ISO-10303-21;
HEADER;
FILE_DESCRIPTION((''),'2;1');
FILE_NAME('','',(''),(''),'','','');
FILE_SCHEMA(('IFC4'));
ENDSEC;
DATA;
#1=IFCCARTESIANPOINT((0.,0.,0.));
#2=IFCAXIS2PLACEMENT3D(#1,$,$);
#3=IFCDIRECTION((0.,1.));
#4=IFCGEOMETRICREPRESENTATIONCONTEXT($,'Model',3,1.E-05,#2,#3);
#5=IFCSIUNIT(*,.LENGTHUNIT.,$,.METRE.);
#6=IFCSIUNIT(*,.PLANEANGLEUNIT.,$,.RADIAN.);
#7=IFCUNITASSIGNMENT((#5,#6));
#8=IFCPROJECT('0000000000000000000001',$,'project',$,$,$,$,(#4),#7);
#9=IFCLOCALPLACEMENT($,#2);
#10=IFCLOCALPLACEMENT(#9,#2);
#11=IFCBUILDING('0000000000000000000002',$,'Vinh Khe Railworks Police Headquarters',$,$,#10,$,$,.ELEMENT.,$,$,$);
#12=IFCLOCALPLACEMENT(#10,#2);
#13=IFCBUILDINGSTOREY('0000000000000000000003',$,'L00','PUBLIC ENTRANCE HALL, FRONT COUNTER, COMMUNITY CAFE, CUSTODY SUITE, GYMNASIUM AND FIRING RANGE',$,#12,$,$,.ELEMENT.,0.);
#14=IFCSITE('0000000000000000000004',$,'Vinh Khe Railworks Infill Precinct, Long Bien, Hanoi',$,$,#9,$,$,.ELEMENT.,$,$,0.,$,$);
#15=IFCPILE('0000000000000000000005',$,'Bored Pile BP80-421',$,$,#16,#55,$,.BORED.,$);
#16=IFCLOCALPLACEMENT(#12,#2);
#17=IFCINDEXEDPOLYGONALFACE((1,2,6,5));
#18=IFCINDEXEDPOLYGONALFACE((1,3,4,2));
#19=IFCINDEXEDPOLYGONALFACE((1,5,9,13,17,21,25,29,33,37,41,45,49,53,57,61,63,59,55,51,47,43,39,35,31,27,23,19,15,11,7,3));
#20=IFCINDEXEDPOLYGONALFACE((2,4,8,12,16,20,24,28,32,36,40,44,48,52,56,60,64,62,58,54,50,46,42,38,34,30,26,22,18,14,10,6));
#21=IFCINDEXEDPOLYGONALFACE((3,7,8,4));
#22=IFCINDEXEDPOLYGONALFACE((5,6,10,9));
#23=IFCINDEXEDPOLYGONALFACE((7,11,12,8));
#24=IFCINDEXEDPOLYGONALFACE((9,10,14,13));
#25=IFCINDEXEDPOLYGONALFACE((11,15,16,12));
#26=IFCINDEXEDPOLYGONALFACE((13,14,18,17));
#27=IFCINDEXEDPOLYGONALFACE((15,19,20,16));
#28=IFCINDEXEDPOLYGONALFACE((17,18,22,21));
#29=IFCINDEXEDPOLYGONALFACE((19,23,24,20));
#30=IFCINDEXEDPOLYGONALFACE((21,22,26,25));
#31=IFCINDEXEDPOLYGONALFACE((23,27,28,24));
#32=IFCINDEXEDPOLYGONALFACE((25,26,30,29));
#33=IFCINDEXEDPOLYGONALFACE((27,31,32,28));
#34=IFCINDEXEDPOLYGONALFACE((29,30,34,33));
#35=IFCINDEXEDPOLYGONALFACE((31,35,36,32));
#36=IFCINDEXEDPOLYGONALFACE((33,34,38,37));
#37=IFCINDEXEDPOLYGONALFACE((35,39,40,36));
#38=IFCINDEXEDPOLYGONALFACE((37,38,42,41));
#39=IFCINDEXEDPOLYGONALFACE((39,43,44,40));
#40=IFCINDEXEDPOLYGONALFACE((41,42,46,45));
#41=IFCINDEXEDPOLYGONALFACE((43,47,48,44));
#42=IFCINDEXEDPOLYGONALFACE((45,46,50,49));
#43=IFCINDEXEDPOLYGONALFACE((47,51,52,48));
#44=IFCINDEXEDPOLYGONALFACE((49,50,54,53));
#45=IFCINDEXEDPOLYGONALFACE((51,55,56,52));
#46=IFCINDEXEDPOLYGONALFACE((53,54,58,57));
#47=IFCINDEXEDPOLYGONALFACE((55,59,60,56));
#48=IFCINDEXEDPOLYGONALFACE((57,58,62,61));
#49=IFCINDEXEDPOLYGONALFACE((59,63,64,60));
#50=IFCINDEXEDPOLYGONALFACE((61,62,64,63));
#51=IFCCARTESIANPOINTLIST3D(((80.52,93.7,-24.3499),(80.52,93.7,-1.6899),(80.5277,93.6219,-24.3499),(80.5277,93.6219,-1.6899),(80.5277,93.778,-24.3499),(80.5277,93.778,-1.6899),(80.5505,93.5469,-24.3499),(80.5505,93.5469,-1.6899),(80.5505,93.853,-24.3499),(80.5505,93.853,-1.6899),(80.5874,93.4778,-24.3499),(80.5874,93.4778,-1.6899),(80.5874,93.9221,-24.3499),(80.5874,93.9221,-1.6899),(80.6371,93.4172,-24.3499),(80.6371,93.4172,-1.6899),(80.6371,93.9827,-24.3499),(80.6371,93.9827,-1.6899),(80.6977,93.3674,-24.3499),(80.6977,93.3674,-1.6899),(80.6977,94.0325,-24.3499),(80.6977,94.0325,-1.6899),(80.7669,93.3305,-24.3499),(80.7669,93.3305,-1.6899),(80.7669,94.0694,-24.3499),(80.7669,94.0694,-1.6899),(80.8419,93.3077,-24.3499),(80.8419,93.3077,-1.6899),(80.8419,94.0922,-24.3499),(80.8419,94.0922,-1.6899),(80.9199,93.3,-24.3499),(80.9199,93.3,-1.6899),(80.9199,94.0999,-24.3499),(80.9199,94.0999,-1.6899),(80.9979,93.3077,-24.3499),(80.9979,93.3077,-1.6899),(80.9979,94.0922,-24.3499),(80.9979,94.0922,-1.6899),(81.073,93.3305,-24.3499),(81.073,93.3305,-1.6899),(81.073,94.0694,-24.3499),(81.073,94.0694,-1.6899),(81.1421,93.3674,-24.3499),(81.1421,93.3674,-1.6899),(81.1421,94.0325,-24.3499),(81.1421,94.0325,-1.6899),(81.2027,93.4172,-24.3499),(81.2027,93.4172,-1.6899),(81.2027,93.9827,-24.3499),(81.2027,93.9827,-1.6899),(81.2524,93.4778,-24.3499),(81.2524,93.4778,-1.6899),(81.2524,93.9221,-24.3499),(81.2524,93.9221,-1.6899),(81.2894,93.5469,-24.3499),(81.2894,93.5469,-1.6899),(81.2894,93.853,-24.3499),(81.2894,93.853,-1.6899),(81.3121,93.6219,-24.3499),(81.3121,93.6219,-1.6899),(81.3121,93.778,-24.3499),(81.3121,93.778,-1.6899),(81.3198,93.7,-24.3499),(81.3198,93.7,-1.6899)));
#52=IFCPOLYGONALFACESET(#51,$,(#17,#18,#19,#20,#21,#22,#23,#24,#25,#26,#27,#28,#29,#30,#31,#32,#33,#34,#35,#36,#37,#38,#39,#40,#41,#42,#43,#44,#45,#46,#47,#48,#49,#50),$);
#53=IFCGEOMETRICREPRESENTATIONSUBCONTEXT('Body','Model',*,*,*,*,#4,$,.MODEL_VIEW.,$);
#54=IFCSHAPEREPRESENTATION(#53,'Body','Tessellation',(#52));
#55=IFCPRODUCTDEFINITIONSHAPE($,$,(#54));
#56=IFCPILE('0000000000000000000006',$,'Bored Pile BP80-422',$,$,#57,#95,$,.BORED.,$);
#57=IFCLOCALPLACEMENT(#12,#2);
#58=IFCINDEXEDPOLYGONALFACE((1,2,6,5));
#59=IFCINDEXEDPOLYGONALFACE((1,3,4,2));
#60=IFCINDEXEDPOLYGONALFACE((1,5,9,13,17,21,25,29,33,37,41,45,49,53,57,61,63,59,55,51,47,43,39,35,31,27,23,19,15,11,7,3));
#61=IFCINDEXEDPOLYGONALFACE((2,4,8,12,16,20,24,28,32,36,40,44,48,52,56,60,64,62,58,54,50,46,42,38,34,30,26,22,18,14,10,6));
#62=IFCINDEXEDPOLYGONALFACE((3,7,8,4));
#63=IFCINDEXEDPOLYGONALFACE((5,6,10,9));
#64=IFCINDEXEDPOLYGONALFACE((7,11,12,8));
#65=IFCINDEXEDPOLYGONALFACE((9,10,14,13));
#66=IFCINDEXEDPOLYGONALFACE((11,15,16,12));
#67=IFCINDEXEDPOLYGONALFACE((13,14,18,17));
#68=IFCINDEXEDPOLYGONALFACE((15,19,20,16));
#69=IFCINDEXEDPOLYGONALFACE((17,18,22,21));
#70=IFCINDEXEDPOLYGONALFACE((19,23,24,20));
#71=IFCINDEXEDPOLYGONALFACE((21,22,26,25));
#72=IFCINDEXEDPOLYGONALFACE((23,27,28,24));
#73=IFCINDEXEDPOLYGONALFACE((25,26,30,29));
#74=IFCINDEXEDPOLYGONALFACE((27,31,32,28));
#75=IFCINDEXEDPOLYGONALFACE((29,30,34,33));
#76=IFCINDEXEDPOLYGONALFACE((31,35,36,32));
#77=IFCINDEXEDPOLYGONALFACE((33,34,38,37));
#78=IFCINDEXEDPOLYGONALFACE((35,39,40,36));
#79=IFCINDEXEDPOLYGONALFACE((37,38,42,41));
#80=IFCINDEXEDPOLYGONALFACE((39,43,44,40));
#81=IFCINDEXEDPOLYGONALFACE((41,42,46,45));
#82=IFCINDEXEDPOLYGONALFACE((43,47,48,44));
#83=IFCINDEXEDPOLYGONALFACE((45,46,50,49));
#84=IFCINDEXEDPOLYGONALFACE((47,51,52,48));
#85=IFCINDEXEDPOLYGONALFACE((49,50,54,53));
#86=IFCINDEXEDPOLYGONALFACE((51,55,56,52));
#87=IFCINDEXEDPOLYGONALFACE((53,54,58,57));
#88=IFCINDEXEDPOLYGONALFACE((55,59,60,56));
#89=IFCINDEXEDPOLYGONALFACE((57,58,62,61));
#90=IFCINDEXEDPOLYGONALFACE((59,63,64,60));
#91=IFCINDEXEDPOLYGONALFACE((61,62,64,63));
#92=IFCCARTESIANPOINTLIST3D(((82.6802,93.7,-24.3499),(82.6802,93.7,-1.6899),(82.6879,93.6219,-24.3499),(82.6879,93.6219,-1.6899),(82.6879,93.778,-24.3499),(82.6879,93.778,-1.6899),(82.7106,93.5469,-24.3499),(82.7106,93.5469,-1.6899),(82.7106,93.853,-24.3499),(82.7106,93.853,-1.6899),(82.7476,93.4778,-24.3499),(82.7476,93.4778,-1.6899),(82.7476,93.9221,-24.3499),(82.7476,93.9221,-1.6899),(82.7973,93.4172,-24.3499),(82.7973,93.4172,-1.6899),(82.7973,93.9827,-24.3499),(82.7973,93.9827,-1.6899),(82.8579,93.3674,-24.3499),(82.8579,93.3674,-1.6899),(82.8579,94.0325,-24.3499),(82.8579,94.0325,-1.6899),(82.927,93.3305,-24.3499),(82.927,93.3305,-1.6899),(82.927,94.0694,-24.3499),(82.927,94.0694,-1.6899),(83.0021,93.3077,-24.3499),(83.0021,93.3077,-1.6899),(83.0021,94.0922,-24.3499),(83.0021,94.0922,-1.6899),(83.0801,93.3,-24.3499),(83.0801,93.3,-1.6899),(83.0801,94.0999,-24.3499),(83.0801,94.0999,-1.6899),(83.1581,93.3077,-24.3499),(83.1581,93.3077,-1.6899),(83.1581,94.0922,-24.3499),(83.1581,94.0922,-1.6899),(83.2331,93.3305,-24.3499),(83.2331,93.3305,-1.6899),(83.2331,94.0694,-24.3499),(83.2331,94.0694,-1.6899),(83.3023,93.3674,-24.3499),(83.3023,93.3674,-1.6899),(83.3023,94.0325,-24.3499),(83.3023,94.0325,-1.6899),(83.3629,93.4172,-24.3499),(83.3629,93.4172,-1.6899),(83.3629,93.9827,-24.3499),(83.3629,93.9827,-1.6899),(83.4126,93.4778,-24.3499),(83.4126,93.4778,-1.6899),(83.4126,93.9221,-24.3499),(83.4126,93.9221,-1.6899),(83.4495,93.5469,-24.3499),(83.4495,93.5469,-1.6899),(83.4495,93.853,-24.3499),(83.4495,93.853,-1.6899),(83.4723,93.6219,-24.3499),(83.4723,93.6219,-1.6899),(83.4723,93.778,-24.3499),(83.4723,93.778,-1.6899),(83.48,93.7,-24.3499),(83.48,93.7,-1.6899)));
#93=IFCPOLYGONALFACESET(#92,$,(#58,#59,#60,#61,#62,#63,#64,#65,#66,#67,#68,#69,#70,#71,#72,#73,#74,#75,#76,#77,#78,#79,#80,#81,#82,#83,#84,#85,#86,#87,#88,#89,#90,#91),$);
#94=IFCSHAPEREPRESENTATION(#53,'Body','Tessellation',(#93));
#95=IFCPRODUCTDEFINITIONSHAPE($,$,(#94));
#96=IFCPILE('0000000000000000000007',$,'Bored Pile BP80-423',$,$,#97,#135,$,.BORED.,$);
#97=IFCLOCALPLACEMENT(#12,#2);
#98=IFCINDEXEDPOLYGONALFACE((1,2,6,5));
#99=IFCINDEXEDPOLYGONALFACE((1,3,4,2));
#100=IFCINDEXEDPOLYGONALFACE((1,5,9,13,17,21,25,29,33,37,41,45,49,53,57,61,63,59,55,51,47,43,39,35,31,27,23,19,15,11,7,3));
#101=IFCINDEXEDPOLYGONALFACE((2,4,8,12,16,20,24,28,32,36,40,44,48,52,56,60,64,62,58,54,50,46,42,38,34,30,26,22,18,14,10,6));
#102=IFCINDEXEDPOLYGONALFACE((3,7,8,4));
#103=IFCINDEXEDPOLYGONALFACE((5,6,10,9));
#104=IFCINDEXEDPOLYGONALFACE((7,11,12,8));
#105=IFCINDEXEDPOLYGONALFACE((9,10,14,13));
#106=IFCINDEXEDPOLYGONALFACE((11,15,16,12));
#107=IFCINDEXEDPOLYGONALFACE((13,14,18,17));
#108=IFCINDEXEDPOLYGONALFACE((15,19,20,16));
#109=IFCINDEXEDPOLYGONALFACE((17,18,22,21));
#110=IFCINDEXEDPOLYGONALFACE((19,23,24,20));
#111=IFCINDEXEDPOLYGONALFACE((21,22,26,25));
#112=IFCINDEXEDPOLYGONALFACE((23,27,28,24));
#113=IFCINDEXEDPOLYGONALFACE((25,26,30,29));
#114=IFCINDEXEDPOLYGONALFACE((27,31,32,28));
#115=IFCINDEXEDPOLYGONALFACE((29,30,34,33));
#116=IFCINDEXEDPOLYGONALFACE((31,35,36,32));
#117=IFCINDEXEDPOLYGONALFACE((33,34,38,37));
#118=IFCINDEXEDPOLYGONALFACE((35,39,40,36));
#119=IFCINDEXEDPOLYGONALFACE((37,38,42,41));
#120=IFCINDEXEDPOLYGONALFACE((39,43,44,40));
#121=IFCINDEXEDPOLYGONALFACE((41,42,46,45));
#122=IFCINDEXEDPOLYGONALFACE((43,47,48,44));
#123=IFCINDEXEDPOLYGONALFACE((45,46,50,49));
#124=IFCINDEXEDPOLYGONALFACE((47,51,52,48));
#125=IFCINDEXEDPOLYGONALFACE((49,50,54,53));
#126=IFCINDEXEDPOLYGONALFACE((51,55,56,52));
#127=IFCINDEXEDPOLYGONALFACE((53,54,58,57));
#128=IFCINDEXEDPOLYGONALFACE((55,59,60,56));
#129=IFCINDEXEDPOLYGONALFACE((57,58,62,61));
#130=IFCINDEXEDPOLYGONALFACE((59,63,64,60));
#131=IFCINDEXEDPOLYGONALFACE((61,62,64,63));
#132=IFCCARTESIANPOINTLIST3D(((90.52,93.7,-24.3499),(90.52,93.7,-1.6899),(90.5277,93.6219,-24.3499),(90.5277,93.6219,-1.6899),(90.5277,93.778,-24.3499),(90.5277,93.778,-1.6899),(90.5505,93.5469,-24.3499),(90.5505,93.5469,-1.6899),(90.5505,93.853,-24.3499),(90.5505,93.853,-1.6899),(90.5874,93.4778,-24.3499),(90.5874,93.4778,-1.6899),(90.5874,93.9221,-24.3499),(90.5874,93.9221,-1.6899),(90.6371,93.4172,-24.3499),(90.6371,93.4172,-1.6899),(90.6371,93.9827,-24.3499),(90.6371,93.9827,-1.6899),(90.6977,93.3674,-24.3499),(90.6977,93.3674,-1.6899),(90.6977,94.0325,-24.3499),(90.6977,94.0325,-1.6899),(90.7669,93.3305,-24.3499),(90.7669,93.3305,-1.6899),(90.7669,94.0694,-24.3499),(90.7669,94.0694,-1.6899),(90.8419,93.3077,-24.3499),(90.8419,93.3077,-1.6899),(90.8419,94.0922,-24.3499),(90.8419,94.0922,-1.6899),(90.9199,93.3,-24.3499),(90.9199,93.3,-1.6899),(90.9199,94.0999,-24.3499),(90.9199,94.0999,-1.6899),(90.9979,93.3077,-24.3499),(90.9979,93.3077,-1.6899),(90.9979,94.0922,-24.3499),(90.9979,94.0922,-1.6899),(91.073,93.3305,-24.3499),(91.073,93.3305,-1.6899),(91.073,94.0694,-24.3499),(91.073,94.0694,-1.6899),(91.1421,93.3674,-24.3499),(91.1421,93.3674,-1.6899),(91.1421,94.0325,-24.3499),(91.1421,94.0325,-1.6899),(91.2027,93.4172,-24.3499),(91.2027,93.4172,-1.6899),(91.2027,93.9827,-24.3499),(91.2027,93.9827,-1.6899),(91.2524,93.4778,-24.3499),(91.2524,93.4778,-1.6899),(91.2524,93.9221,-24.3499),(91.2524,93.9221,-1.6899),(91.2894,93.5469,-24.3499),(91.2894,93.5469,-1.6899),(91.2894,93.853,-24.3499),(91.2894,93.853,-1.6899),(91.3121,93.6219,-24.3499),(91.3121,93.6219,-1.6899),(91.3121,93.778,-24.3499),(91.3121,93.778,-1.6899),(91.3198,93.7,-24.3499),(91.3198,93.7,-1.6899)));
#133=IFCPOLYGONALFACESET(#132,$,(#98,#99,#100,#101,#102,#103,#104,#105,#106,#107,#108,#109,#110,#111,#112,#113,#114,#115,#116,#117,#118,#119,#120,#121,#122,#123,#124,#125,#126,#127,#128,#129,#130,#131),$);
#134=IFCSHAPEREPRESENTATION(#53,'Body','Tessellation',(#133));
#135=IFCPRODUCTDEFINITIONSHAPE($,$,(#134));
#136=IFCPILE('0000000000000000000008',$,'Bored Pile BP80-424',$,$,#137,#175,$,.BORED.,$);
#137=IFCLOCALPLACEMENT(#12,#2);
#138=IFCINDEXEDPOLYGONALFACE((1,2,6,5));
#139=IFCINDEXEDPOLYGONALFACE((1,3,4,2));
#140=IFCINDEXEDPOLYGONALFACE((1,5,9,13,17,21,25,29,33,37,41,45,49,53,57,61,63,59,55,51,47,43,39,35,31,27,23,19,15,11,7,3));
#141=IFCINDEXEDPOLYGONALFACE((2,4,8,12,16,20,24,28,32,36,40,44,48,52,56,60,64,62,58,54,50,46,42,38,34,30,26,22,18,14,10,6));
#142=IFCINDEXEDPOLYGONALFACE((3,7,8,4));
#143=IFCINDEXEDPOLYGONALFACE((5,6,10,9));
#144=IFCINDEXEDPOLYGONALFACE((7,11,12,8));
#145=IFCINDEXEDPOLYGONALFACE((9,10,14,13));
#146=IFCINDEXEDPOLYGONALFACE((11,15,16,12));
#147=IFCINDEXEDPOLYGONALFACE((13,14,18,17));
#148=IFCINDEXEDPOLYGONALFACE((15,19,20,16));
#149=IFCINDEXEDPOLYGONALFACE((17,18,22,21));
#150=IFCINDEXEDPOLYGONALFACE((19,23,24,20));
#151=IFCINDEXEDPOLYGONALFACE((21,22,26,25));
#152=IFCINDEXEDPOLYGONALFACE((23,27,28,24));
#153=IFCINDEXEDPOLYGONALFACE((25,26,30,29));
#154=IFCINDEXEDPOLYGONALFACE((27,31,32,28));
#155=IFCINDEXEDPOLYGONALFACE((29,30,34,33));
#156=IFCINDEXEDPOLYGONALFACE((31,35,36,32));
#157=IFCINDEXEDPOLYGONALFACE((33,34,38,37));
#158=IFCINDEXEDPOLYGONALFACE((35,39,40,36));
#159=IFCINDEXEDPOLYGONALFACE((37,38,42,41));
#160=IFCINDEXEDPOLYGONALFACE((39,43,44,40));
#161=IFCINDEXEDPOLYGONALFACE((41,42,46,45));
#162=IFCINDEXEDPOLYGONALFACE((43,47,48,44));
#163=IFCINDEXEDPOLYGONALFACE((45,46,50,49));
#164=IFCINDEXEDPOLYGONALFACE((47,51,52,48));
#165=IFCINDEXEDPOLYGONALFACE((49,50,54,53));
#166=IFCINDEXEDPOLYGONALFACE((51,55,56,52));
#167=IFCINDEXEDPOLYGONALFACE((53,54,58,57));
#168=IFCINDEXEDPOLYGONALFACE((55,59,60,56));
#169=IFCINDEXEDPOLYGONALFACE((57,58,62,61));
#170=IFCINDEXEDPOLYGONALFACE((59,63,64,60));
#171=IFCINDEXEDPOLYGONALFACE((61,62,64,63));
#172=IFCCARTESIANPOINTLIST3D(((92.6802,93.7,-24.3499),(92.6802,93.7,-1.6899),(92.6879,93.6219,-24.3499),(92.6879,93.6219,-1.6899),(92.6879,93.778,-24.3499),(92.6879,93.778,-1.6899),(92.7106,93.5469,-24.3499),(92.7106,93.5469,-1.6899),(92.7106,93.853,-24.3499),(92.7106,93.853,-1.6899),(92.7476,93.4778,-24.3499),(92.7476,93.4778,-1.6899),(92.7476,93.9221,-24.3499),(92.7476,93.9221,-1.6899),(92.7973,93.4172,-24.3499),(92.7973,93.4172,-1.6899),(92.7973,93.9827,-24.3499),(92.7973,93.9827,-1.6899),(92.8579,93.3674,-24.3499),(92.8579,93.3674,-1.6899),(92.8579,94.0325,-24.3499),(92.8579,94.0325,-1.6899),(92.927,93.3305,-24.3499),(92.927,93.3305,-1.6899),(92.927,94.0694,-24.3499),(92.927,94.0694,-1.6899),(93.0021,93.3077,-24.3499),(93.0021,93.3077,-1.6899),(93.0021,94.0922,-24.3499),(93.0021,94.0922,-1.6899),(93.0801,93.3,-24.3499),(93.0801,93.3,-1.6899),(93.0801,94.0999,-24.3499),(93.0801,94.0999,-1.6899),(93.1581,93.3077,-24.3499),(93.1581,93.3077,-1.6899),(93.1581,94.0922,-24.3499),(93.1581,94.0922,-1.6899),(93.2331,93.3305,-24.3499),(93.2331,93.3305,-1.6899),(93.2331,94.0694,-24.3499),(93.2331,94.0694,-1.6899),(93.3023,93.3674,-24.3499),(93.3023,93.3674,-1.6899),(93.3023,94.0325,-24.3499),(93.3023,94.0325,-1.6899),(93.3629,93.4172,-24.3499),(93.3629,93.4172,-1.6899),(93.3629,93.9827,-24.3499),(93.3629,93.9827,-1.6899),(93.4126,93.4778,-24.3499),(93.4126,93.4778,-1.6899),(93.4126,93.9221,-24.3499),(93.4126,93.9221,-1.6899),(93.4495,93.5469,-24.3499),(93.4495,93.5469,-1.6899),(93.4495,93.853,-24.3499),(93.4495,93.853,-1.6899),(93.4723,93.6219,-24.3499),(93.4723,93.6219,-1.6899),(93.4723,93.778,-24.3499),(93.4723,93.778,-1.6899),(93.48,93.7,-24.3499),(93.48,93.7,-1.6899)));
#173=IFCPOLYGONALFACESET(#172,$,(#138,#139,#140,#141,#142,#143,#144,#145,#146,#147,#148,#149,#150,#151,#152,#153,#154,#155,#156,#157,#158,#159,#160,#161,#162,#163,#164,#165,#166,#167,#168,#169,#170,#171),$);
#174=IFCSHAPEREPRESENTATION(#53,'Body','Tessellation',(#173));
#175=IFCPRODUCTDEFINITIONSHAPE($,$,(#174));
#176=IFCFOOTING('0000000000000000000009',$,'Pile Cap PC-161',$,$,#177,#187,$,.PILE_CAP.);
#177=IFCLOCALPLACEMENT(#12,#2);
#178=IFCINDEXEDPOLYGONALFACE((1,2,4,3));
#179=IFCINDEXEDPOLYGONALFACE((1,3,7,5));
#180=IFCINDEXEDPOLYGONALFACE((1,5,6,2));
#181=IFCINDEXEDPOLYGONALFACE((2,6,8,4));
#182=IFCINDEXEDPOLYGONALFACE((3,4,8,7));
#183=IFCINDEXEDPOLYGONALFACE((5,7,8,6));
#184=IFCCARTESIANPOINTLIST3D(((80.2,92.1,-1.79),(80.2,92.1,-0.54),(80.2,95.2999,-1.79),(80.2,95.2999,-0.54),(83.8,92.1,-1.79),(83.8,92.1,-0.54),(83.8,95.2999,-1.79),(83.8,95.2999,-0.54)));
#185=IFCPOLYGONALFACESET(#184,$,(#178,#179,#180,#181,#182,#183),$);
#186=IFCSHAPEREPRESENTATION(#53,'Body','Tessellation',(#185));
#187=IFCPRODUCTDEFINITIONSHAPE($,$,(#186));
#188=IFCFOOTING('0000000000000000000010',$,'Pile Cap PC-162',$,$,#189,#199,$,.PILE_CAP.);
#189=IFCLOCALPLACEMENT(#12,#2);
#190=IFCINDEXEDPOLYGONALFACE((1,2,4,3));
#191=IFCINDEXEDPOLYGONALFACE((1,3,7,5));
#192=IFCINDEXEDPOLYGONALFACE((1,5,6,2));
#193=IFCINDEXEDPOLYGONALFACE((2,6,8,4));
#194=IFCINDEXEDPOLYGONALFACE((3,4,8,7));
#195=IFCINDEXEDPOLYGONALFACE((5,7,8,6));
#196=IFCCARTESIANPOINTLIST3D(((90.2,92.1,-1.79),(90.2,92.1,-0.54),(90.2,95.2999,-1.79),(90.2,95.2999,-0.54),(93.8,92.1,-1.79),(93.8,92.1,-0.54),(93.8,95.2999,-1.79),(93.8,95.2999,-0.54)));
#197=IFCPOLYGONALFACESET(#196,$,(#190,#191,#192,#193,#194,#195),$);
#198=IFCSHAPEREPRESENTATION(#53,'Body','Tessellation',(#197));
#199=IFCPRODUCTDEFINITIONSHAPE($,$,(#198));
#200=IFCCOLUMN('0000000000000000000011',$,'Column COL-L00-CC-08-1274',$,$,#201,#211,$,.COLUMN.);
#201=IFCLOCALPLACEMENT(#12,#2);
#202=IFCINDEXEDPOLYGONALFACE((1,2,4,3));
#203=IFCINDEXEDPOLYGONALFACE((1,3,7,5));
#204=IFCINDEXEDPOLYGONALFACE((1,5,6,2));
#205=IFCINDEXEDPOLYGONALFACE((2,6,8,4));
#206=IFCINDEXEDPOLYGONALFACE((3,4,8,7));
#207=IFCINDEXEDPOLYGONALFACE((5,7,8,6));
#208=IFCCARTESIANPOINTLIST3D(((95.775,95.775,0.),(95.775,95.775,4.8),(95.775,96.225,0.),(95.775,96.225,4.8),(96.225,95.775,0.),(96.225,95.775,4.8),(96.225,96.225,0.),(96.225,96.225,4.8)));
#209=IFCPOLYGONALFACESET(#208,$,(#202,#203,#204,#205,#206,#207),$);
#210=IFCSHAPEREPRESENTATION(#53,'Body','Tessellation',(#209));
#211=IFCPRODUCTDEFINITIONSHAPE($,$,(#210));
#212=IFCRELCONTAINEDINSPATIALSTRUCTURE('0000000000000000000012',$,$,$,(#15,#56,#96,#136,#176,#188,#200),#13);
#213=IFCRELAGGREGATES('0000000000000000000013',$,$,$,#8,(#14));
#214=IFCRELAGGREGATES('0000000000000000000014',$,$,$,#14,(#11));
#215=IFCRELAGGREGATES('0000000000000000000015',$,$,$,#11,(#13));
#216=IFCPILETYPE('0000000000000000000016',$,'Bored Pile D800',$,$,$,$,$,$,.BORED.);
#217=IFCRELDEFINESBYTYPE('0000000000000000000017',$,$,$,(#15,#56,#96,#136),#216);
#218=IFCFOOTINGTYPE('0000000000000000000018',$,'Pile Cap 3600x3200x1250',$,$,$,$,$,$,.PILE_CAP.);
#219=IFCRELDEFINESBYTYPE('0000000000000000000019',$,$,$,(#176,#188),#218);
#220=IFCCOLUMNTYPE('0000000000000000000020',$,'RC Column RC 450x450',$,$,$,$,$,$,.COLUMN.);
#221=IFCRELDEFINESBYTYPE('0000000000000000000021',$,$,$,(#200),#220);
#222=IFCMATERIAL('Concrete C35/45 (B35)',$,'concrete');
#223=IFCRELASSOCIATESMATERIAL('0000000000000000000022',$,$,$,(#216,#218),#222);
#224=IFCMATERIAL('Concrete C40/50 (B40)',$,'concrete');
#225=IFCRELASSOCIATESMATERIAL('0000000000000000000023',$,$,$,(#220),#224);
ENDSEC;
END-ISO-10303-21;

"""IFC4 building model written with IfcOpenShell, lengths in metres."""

from ifc_helpers import new_model, si_unit, direction, frame, origin, origin_2d, place, context, subcontext, project, spatial, rectangle, circle, extrude, material, material_profile, profile_set, type_object, element, save


model = new_model("IFC4")

# Units and contexts
model_context = context("Model", 3, precision=1e-05, world=origin(), true_north=direction((0.0, 1.0)))
body_context = subcontext(model_context, "Body", "Model", "MODEL_VIEW")
ifc_project = project(units=[si_unit("LENGTHUNIT", "METRE"), si_unit("PLANEANGLEUNIT", "RADIAN")], contexts=[model_context])

# Site, building, storey
site_placement = place(None, origin())
site = spatial("IfcSite", under=ifc_project, at=site_placement, Name="Vinh Khe Railworks Infill Precinct, Long Bien, Hanoi", CompositionType="ELEMENT", RefElevation=0.0)
building_placement = place(site_placement, origin())
building = spatial("IfcBuilding", under=site, at=building_placement, Name="Vinh Khe Railworks Police Headquarters", CompositionType="ELEMENT")
storey_placement = place(building_placement, origin())
storey = spatial("IfcBuildingStorey", under=building, at=storey_placement, Name="L00", Description="PUBLIC ENTRANCE HALL, FRONT COUNTER, COMMUNITY CAFE, CUSTODY SUITE, GYMNASIUM AND FIRING RANGE", CompositionType="ELEMENT", Elevation=0.0)

# Piles
ifc_material_1 = material(Name="Concrete C35/45 (B35)", Category="concrete")
ifc_material_profile_1 = material_profile(ifc_material_1, circle(Radius=0.3999, at=origin_2d()), Name="BORED PILE D800")
ifc_profile_set_1 = profile_set([ifc_material_profile_1], Name="Concrete C35/45 (B35)")
pile_type = type_object("IfcPileType", Name="Bored Pile D800", PredefinedType="BORED", material=ifc_profile_set_1)
for number, where, z_axis, x_axis, name in (
    (1, (80.9199, 93.7, -1.6899), (0.0, 0.0, -1.0), (1.0, 0.0, 0.0), "Bored Pile BP80-421"),
    (2, (83.0801, 93.7, -1.6899), (0.0, 0.0, -1.0), (1.0, 0.0, 0.0), "Bored Pile BP80-422"),
    (3, (90.9199, 93.7, -1.6899), (0.0, 0.0, -1.0), (1.0, 0.0, 0.0), "Bored Pile BP80-423"),
    (4, (93.0801, 93.7, -1.6899), (0.0, 0.0, -1.0), (1.0, 0.0, 0.0), "Bored Pile BP80-424"),
):
    element("IfcPile", number, at=place(storey_placement, frame(where, z_axis=z_axis, x_axis=x_axis)), inside=storey, type_object=pile_type, Name=name, PredefinedType="BORED", context=body_context, shape_type="SweptSolid", body=[
        extrude(circle(Radius=0.3999, at=origin_2d()), origin(), (0.0, 0.0, 1.0), 22.6599),
    ])

# Footings
footing_type = type_object("IfcFootingType", Name="Pile Cap 3600x3200x1250", PredefinedType="PILE_CAP", material=ifc_material_1)
for number, where, z_axis, x_axis, name in (
    (5, (82.0, 93.7, -1.79), (0.0, 0.0, 1.0), (1.0, 0.0, 0.0), "Pile Cap PC-161"),
    (6, (92.0, 93.7, -1.79), (0.0, 0.0, 1.0), (1.0, 0.0, 0.0), "Pile Cap PC-162"),
):
    element("IfcFooting", number, at=place(storey_placement, frame(where, z_axis=z_axis, x_axis=x_axis)), inside=storey, type_object=footing_type, Name=name, PredefinedType="PILE_CAP", context=body_context, shape_type="SweptSolid", body=[
        extrude(rectangle(XDim=3.6001, YDim=3.2, at=origin_2d()), origin(), (0.0, 0.0, 1.0), 1.25),
    ])

# Column
ifc_material_2 = material(Name="Concrete C40/50 (B40)", Category="concrete")
ifc_material_profile_2 = material_profile(ifc_material_2, rectangle(XDim=0.45, YDim=0.45, at=origin_2d()), Name="RC 450x450")
ifc_profile_set_2 = profile_set([ifc_material_profile_2], Name="Concrete C40/50 (B40)")
column_type_1 = type_object("IfcColumnType", Name="RC Column RC 450x450", PredefinedType="COLUMN", material=ifc_profile_set_2)
for number, where, z_axis, x_axis, name in (
    (7, (96.0, 96.0, 0.0), (0.0, 0.0, 1.0), (1.0, 0.0, 0.0), "Column COL-L00-CC-08-1274"),
):
    element("IfcColumn", number, at=place(storey_placement, frame(where, z_axis=z_axis, x_axis=x_axis)), inside=storey, type_object=column_type_1, Name=name, PredefinedType="COLUMN", context=body_context, shape_type="SweptSolid", body=[
        extrude(rectangle(XDim=0.45, YDim=0.45, at=origin_2d()), origin(), (0.0, 0.0, 1.0), 4.8),
    ])

save(model, "model.ifc")
